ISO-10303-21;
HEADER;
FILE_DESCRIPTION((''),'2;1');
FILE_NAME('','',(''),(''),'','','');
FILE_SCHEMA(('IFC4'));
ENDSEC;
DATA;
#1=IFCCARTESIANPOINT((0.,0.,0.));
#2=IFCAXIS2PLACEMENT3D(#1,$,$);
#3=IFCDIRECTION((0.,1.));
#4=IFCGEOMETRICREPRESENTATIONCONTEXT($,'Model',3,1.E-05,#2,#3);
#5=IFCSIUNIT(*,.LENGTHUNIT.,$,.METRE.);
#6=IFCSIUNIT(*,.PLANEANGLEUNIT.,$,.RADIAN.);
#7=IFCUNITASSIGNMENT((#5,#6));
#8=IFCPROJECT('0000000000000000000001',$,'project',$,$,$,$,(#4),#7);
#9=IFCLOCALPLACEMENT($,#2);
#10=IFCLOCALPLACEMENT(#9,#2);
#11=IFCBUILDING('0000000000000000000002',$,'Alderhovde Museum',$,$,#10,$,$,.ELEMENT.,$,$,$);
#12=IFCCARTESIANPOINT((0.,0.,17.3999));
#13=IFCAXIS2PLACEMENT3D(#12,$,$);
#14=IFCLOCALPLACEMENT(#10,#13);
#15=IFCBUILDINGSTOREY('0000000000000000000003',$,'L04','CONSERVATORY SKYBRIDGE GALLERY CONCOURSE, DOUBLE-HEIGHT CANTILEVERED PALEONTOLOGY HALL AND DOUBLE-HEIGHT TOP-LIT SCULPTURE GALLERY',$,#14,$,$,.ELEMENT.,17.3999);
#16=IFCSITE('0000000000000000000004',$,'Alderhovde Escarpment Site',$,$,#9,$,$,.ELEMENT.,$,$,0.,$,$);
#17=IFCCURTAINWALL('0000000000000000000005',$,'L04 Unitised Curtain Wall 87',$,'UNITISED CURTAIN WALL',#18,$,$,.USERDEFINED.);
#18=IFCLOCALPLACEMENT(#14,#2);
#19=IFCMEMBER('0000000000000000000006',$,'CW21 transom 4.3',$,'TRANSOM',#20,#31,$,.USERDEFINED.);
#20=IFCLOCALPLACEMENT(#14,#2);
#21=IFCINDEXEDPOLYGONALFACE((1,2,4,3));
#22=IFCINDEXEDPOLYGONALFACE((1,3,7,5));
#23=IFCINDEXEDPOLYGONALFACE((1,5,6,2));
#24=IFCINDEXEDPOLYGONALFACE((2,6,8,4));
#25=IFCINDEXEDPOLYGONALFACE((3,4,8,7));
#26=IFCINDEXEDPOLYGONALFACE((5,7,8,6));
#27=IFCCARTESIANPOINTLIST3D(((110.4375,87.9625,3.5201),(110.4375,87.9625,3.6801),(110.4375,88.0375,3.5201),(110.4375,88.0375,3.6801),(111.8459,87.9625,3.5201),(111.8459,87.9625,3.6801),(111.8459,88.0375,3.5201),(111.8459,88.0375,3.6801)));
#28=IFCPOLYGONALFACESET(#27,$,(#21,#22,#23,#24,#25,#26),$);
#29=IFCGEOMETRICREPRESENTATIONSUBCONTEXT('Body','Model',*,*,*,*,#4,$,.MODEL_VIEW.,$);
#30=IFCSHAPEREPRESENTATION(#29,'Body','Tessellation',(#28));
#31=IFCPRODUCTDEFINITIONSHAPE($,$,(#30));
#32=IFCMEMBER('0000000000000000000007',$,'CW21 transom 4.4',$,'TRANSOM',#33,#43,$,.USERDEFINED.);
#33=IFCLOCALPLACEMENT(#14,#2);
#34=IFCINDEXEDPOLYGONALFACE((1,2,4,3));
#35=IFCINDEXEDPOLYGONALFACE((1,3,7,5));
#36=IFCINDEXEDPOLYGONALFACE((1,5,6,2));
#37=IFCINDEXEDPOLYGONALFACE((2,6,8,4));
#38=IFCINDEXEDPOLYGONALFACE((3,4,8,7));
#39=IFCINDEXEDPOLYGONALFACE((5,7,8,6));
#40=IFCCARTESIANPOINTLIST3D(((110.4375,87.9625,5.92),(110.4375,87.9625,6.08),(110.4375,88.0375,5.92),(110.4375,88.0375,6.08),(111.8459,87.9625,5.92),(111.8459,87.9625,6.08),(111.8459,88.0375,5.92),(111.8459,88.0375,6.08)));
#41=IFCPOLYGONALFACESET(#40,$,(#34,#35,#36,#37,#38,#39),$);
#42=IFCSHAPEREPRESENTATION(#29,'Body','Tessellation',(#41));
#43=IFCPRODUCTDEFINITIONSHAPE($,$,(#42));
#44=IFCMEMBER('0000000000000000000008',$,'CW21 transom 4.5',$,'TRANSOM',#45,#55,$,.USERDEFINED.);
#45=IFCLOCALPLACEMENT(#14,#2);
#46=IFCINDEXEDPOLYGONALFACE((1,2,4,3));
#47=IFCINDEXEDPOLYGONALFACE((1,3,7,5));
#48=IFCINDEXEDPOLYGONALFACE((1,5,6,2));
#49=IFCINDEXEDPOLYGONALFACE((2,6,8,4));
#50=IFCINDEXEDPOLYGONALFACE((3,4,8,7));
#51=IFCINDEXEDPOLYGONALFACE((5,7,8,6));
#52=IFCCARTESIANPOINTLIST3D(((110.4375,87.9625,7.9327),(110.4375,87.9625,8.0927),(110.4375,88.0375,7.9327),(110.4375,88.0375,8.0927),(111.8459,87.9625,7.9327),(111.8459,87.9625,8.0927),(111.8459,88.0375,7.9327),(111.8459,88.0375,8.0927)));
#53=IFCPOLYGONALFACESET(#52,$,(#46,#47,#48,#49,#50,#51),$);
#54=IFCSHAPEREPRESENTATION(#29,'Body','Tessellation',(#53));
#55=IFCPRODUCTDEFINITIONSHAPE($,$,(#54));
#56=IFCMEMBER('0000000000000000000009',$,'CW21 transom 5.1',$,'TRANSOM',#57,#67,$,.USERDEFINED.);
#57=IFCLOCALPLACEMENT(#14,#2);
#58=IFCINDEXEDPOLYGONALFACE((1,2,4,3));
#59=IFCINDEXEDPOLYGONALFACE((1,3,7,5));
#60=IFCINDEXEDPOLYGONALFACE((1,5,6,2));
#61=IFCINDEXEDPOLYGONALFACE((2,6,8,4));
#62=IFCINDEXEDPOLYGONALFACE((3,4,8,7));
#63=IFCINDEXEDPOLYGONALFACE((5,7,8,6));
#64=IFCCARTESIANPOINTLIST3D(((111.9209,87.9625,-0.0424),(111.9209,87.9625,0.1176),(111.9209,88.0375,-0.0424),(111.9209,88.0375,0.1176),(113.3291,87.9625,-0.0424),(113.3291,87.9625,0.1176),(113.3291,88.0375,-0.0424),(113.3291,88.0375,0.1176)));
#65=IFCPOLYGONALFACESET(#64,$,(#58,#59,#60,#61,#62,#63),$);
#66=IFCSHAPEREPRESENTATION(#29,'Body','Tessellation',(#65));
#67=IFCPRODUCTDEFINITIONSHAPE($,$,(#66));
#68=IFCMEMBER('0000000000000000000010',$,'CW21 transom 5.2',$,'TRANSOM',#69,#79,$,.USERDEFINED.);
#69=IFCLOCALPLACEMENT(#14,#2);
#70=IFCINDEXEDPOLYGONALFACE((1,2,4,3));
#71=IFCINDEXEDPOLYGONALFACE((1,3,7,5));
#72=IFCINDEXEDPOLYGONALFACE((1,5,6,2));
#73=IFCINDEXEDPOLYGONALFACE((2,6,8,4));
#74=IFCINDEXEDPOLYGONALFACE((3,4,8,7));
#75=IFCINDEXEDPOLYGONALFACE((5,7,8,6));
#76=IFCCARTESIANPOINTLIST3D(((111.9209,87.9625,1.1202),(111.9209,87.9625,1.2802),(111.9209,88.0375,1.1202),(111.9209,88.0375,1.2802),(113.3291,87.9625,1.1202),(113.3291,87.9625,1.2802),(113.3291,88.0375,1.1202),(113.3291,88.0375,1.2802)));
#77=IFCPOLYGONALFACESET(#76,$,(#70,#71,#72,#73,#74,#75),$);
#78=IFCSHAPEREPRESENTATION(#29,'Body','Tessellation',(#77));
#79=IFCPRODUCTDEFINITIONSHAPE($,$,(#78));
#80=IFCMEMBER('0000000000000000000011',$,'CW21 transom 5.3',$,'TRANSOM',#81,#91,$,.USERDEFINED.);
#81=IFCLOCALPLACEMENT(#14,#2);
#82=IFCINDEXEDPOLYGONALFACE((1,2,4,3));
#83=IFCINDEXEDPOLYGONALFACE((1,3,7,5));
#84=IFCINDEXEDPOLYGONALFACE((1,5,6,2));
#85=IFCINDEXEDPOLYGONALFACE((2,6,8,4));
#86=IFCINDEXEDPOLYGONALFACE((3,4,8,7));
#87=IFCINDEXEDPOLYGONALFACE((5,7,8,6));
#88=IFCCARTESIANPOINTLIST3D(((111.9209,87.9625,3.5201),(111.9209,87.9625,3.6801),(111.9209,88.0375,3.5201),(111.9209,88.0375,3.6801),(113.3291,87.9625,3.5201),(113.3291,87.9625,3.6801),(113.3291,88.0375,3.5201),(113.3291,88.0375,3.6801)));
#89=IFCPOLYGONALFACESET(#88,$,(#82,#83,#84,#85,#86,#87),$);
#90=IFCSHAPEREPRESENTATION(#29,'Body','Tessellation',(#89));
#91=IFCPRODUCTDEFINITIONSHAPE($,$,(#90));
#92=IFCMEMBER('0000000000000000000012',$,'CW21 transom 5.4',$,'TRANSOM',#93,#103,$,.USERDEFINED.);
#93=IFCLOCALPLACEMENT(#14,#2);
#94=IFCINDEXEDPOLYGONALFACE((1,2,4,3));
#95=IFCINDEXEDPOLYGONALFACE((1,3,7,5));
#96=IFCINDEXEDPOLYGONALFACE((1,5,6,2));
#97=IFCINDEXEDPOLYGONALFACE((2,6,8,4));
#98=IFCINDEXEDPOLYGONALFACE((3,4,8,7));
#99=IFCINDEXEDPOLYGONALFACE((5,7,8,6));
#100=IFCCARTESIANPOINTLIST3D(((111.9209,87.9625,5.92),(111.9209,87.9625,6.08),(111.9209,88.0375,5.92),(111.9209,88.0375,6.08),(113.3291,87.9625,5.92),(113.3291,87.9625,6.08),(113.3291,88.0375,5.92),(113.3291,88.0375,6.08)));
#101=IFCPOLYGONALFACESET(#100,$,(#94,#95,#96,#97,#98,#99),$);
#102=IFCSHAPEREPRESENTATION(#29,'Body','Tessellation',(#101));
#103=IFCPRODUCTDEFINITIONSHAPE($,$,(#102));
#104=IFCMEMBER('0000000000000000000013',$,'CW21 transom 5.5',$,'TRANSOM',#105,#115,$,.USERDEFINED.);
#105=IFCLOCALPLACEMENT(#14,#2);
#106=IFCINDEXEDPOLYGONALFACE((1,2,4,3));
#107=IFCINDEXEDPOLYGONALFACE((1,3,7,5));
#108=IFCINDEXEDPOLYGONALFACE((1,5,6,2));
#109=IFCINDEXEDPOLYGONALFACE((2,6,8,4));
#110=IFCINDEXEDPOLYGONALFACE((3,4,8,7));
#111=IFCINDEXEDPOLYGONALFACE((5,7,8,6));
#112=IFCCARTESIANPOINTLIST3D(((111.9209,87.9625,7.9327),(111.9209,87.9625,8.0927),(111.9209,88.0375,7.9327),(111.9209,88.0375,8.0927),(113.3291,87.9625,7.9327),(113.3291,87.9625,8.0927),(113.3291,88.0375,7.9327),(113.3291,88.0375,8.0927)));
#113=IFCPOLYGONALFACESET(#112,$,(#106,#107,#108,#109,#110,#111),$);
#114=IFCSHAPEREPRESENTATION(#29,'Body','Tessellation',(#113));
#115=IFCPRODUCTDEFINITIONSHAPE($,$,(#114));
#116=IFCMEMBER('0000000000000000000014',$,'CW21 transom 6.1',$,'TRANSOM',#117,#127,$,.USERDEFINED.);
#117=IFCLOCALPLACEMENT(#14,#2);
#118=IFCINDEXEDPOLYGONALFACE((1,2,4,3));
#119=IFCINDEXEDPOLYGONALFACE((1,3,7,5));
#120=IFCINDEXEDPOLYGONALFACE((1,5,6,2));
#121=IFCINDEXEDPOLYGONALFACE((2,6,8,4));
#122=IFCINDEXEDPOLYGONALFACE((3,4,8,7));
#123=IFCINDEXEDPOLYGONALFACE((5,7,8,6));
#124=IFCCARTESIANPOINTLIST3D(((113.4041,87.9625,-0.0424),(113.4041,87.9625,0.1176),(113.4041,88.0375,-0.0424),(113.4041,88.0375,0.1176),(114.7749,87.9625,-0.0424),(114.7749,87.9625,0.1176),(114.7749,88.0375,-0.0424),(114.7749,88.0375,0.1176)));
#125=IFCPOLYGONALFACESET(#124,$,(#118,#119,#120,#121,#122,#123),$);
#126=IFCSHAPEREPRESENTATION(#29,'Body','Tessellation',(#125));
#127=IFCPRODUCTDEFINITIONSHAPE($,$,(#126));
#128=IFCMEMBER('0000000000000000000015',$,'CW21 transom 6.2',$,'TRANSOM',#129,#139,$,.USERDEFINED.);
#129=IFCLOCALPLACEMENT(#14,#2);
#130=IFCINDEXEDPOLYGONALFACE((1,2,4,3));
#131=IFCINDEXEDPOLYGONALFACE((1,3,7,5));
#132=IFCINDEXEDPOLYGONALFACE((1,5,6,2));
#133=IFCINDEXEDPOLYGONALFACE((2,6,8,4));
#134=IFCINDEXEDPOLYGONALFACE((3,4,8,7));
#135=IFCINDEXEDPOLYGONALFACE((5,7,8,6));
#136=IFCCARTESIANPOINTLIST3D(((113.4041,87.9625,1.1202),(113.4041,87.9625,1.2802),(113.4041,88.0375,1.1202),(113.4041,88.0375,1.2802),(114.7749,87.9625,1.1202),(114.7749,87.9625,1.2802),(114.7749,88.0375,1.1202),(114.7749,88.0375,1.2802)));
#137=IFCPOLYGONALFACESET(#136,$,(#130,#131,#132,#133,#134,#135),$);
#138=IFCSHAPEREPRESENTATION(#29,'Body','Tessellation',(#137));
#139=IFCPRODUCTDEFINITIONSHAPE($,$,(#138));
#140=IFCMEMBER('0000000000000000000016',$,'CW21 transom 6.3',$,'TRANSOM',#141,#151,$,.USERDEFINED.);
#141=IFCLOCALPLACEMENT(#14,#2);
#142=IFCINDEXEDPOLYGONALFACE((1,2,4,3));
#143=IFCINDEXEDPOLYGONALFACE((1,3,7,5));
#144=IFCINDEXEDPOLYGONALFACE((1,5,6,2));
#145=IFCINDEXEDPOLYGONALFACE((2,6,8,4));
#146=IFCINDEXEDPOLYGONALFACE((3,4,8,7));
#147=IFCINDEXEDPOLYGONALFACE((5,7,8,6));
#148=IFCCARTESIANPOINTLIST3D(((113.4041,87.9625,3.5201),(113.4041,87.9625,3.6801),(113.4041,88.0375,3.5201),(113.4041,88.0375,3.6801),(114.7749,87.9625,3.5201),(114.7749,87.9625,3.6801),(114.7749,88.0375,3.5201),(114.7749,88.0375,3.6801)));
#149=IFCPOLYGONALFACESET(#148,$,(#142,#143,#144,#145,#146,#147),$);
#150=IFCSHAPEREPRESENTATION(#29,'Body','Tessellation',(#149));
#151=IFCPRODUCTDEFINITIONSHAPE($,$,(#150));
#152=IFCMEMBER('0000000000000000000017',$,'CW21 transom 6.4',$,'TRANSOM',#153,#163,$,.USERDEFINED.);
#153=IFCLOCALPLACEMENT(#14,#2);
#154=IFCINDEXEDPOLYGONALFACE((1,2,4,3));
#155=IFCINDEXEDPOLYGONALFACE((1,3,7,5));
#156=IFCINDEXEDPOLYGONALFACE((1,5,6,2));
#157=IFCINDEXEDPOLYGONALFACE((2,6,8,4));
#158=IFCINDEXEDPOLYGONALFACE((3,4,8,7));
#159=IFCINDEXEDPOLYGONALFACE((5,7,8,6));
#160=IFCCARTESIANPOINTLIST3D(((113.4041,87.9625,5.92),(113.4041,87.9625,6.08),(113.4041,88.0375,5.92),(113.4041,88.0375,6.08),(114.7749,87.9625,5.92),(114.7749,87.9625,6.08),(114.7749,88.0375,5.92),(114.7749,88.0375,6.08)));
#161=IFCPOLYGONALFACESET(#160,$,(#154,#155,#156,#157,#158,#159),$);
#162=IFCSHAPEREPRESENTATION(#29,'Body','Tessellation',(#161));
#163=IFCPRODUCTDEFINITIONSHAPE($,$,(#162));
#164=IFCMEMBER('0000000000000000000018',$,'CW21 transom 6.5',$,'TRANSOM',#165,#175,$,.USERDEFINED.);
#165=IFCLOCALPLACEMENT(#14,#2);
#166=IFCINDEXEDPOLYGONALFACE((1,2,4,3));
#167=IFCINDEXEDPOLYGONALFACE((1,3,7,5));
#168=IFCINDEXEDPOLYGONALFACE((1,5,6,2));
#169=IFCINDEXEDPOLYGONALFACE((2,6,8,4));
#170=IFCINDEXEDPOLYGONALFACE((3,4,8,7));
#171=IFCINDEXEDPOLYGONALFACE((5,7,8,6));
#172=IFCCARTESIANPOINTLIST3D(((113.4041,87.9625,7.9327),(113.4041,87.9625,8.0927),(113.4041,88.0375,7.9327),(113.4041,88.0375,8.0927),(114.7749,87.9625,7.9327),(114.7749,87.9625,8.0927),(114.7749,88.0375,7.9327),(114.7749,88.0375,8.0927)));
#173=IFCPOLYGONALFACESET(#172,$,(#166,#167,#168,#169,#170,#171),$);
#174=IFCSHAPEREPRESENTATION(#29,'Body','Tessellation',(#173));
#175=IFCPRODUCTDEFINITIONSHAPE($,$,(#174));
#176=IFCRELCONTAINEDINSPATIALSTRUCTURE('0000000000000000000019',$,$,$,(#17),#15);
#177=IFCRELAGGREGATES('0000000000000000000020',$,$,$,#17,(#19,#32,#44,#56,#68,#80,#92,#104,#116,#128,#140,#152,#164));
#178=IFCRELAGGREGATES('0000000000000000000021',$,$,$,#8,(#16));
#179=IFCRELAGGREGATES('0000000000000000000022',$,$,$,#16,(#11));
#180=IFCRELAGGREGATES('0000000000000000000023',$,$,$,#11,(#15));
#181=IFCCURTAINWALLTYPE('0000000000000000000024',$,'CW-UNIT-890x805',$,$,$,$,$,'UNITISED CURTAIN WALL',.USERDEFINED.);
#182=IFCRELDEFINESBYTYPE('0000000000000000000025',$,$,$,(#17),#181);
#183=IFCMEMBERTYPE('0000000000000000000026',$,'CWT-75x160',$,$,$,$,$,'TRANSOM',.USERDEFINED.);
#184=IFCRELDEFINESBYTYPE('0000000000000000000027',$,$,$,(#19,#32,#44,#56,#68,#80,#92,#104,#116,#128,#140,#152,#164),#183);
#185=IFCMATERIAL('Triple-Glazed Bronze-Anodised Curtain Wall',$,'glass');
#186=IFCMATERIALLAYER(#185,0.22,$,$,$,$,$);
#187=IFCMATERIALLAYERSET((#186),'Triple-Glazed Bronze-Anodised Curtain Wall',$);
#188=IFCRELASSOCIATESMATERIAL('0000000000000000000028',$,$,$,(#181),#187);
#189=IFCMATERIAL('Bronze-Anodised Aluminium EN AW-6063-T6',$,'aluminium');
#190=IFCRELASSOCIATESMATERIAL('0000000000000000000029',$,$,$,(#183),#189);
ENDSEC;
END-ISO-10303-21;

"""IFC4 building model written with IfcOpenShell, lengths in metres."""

from ifc_helpers import new_model, si_unit, direction, frame, origin, origin_2d, place, context, subcontext, project, spatial, rectangle, extrude, material, layer, layer_set, material_profile, profile_set, type_object, element, aggregate, save


model = new_model("IFC4")

# Units and contexts
model_context = context("Model", 3, precision=1e-05, world=origin(), true_north=direction((0.0, 1.0)))
body_context = subcontext(model_context, "Body", "Model", "MODEL_VIEW")
ifc_project = project(units=[si_unit("LENGTHUNIT", "METRE"), si_unit("PLANEANGLEUNIT", "RADIAN")], contexts=[model_context])

# Site, building, storey
site_placement = place(None, origin())
site = spatial("IfcSite", under=ifc_project, at=site_placement, Name="Alderhovde Escarpment Site", CompositionType="ELEMENT", RefElevation=0.0)
building_placement = place(site_placement, origin())
building = spatial("IfcBuilding", under=site, at=building_placement, Name="Alderhovde Museum", CompositionType="ELEMENT")
storey_placement = place(building_placement, frame((0.0, 0.0, 17.3999)))
storey = spatial("IfcBuildingStorey", under=building, at=storey_placement, Name="L04", Description="CONSERVATORY SKYBRIDGE GALLERY CONCOURSE, DOUBLE-HEIGHT CANTILEVERED PALEONTOLOGY HALL AND DOUBLE-HEIGHT TOP-LIT SCULPTURE GALLERY", CompositionType="ELEMENT", Elevation=17.3999)

# Curtain wall, members
ifc_material_1 = material(Name="Triple-Glazed Bronze-Anodised Curtain Wall", Category="glass")
ifc_layer_1 = layer(ifc_material_1, 0.22)
ifc_layer_set_1 = layer_set([ifc_layer_1], Name="Triple-Glazed Bronze-Anodised Curtain Wall")
curtain_wall_type = type_object("IfcCurtainWallType", Name="CW-UNIT-890x805", ElementType="UNITISED CURTAIN WALL", PredefinedType="USERDEFINED", material=ifc_layer_set_1)
curtain_wall_placement = place(storey_placement, origin())
curtain_wall = element("IfcCurtainWall", 1, at=curtain_wall_placement, inside=storey, type_object=curtain_wall_type, Name="L04 Unitised Curtain Wall 87", ObjectType="UNITISED CURTAIN WALL", PredefinedType="USERDEFINED")
ifc_material_2 = material(Name="Bronze-Anodised Aluminium EN AW-6063-T6", Category="aluminium")
ifc_material_profile_1 = material_profile(ifc_material_2, rectangle(XDim=0.075, YDim=0.1599, at=origin_2d()), Name="TRANSOM 75x160")
ifc_profile_set_1 = profile_set([ifc_material_profile_1], Name="Bronze-Anodised Aluminium EN AW-6063-T6")
member_type_1 = type_object("IfcMemberType", Name="CWT-75x160", ElementType="TRANSOM", PredefinedType="USERDEFINED", material=ifc_profile_set_1)
member_1_placement = place(storey_placement, frame((110.4375, 88.0, 3.6001), z_axis=(1.0, 0.0, 0.0), x_axis=(0.0, 1.0, 0.0)))
member_1 = element("IfcMember", 2, at=member_1_placement, type_object=member_type_1, Name="CW21 transom 4.3", ObjectType="TRANSOM", PredefinedType="USERDEFINED", context=body_context, shape_type="SweptSolid", body=[
    extrude(rectangle(XDim=0.075, YDim=0.1599, at=origin_2d()), origin(), (0.0, 0.0, 1.0), 1.4084),
])
member_2_placement = place(storey_placement, frame((110.4375, 88.0, 6.0), z_axis=(1.0, 0.0, 0.0), x_axis=(0.0, 1.0, 0.0)))
member_2 = element("IfcMember", 3, at=member_2_placement, type_object=member_type_1, Name="CW21 transom 4.4", ObjectType="TRANSOM", PredefinedType="USERDEFINED", context=body_context, shape_type="SweptSolid", body=[
    extrude(rectangle(XDim=0.075, YDim=0.1599, at=origin_2d()), origin(), (0.0, 0.0, 1.0), 1.4084),
])
member_3_placement = place(storey_placement, frame((110.4375, 88.0, 8.0127), z_axis=(1.0, 0.0, 0.0), x_axis=(0.0, 1.0, 0.0)))
member_3 = element("IfcMember", 4, at=member_3_placement, type_object=member_type_1, Name="CW21 transom 4.5", ObjectType="TRANSOM", PredefinedType="USERDEFINED", context=body_context, shape_type="SweptSolid", body=[
    extrude(rectangle(XDim=0.075, YDim=0.1599, at=origin_2d()), origin(), (0.0, 0.0, 1.0), 1.4084),
])
member_4_placement = place(storey_placement, frame((111.9209, 88.0, 0.0376), z_axis=(1.0, 0.0, 0.0), x_axis=(0.0, 1.0, 0.0)))
member_4 = element("IfcMember", 5, at=member_4_placement, type_object=member_type_1, Name="CW21 transom 5.1", ObjectType="TRANSOM", PredefinedType="USERDEFINED", context=body_context, shape_type="SweptSolid", body=[
    extrude(rectangle(XDim=0.075, YDim=0.1599, at=origin_2d()), origin(), (0.0, 0.0, 1.0), 1.4082),
])
member_5_placement = place(storey_placement, frame((111.9209, 88.0, 1.2002), z_axis=(1.0, 0.0, 0.0), x_axis=(0.0, 1.0, 0.0)))
member_5 = element("IfcMember", 6, at=member_5_placement, type_object=member_type_1, Name="CW21 transom 5.2", ObjectType="TRANSOM", PredefinedType="USERDEFINED", context=body_context, shape_type="SweptSolid", body=[
    extrude(rectangle(XDim=0.075, YDim=0.1599, at=origin_2d()), origin(), (0.0, 0.0, 1.0), 1.4082),
])
member_6_placement = place(storey_placement, frame((111.9209, 88.0, 3.6001), z_axis=(1.0, 0.0, 0.0), x_axis=(0.0, 1.0, 0.0)))
member_6 = element("IfcMember", 7, at=member_6_placement, type_object=member_type_1, Name="CW21 transom 5.3", ObjectType="TRANSOM", PredefinedType="USERDEFINED", context=body_context, shape_type="SweptSolid", body=[
    extrude(rectangle(XDim=0.075, YDim=0.1599, at=origin_2d()), origin(), (0.0, 0.0, 1.0), 1.4082),
])
member_7_placement = place(storey_placement, frame((111.9209, 88.0, 6.0), z_axis=(1.0, 0.0, 0.0), x_axis=(0.0, 1.0, 0.0)))
member_7 = element("IfcMember", 8, at=member_7_placement, type_object=member_type_1, Name="CW21 transom 5.4", ObjectType="TRANSOM", PredefinedType="USERDEFINED", context=body_context, shape_type="SweptSolid", body=[
    extrude(rectangle(XDim=0.075, YDim=0.1599, at=origin_2d()), origin(), (0.0, 0.0, 1.0), 1.4082),
])
member_8_placement = place(storey_placement, frame((111.9209, 88.0, 8.0127), z_axis=(1.0, 0.0, 0.0), x_axis=(0.0, 1.0, 0.0)))
member_8 = element("IfcMember", 9, at=member_8_placement, type_object=member_type_1, Name="CW21 transom 5.5", ObjectType="TRANSOM", PredefinedType="USERDEFINED", context=body_context, shape_type="SweptSolid", body=[
    extrude(rectangle(XDim=0.075, YDim=0.1599, at=origin_2d()), origin(), (0.0, 0.0, 1.0), 1.4082),
])
member_9_placement = place(storey_placement, frame((113.4041, 88.0, 0.0376), z_axis=(1.0, 0.0, 0.0), x_axis=(0.0, 1.0, 0.0)))
member_9 = element("IfcMember", 10, at=member_9_placement, type_object=member_type_1, Name="CW21 transom 6.1", ObjectType="TRANSOM", PredefinedType="USERDEFINED", context=body_context, shape_type="SweptSolid", body=[
    extrude(rectangle(XDim=0.075, YDim=0.1599, at=origin_2d()), origin(), (0.0, 0.0, 1.0), 1.3708),
])
member_10_placement = place(storey_placement, frame((113.4041, 88.0, 1.2002), z_axis=(1.0, 0.0, 0.0), x_axis=(0.0, 1.0, 0.0)))
member_10 = element("IfcMember", 11, at=member_10_placement, type_object=member_type_1, Name="CW21 transom 6.2", ObjectType="TRANSOM", PredefinedType="USERDEFINED", context=body_context, shape_type="SweptSolid", body=[
    extrude(rectangle(XDim=0.075, YDim=0.1599, at=origin_2d()), origin(), (0.0, 0.0, 1.0), 1.3708),
])
member_11_placement = place(storey_placement, frame((113.4041, 88.0, 3.6001), z_axis=(1.0, 0.0, 0.0), x_axis=(0.0, 1.0, 0.0)))
member_11 = element("IfcMember", 12, at=member_11_placement, type_object=member_type_1, Name="CW21 transom 6.3", ObjectType="TRANSOM", PredefinedType="USERDEFINED", context=body_context, shape_type="SweptSolid", body=[
    extrude(rectangle(XDim=0.075, YDim=0.1599, at=origin_2d()), origin(), (0.0, 0.0, 1.0), 1.3708),
])
member_12_placement = place(storey_placement, frame((113.4041, 88.0, 6.0), z_axis=(1.0, 0.0, 0.0), x_axis=(0.0, 1.0, 0.0)))
member_12 = element("IfcMember", 13, at=member_12_placement, type_object=member_type_1, Name="CW21 transom 6.4", ObjectType="TRANSOM", PredefinedType="USERDEFINED", context=body_context, shape_type="SweptSolid", body=[
    extrude(rectangle(XDim=0.075, YDim=0.1599, at=origin_2d()), origin(), (0.0, 0.0, 1.0), 1.3708),
])
member_13_placement = place(storey_placement, frame((113.4041, 88.0, 8.0127), z_axis=(1.0, 0.0, 0.0), x_axis=(0.0, 1.0, 0.0)))
member_13 = element("IfcMember", 14, at=member_13_placement, type_object=member_type_1, Name="CW21 transom 6.5", ObjectType="TRANSOM", PredefinedType="USERDEFINED", context=body_context, shape_type="SweptSolid", body=[
    extrude(rectangle(XDim=0.075, YDim=0.1599, at=origin_2d()), origin(), (0.0, 0.0, 1.0), 1.3708),
])

aggregate(curtain_wall, [member_1, member_2, member_3, member_4, member_5, member_6, member_7, member_8, member_9, member_10, member_11, member_12, member_13])

save(model, "model.ifc")
